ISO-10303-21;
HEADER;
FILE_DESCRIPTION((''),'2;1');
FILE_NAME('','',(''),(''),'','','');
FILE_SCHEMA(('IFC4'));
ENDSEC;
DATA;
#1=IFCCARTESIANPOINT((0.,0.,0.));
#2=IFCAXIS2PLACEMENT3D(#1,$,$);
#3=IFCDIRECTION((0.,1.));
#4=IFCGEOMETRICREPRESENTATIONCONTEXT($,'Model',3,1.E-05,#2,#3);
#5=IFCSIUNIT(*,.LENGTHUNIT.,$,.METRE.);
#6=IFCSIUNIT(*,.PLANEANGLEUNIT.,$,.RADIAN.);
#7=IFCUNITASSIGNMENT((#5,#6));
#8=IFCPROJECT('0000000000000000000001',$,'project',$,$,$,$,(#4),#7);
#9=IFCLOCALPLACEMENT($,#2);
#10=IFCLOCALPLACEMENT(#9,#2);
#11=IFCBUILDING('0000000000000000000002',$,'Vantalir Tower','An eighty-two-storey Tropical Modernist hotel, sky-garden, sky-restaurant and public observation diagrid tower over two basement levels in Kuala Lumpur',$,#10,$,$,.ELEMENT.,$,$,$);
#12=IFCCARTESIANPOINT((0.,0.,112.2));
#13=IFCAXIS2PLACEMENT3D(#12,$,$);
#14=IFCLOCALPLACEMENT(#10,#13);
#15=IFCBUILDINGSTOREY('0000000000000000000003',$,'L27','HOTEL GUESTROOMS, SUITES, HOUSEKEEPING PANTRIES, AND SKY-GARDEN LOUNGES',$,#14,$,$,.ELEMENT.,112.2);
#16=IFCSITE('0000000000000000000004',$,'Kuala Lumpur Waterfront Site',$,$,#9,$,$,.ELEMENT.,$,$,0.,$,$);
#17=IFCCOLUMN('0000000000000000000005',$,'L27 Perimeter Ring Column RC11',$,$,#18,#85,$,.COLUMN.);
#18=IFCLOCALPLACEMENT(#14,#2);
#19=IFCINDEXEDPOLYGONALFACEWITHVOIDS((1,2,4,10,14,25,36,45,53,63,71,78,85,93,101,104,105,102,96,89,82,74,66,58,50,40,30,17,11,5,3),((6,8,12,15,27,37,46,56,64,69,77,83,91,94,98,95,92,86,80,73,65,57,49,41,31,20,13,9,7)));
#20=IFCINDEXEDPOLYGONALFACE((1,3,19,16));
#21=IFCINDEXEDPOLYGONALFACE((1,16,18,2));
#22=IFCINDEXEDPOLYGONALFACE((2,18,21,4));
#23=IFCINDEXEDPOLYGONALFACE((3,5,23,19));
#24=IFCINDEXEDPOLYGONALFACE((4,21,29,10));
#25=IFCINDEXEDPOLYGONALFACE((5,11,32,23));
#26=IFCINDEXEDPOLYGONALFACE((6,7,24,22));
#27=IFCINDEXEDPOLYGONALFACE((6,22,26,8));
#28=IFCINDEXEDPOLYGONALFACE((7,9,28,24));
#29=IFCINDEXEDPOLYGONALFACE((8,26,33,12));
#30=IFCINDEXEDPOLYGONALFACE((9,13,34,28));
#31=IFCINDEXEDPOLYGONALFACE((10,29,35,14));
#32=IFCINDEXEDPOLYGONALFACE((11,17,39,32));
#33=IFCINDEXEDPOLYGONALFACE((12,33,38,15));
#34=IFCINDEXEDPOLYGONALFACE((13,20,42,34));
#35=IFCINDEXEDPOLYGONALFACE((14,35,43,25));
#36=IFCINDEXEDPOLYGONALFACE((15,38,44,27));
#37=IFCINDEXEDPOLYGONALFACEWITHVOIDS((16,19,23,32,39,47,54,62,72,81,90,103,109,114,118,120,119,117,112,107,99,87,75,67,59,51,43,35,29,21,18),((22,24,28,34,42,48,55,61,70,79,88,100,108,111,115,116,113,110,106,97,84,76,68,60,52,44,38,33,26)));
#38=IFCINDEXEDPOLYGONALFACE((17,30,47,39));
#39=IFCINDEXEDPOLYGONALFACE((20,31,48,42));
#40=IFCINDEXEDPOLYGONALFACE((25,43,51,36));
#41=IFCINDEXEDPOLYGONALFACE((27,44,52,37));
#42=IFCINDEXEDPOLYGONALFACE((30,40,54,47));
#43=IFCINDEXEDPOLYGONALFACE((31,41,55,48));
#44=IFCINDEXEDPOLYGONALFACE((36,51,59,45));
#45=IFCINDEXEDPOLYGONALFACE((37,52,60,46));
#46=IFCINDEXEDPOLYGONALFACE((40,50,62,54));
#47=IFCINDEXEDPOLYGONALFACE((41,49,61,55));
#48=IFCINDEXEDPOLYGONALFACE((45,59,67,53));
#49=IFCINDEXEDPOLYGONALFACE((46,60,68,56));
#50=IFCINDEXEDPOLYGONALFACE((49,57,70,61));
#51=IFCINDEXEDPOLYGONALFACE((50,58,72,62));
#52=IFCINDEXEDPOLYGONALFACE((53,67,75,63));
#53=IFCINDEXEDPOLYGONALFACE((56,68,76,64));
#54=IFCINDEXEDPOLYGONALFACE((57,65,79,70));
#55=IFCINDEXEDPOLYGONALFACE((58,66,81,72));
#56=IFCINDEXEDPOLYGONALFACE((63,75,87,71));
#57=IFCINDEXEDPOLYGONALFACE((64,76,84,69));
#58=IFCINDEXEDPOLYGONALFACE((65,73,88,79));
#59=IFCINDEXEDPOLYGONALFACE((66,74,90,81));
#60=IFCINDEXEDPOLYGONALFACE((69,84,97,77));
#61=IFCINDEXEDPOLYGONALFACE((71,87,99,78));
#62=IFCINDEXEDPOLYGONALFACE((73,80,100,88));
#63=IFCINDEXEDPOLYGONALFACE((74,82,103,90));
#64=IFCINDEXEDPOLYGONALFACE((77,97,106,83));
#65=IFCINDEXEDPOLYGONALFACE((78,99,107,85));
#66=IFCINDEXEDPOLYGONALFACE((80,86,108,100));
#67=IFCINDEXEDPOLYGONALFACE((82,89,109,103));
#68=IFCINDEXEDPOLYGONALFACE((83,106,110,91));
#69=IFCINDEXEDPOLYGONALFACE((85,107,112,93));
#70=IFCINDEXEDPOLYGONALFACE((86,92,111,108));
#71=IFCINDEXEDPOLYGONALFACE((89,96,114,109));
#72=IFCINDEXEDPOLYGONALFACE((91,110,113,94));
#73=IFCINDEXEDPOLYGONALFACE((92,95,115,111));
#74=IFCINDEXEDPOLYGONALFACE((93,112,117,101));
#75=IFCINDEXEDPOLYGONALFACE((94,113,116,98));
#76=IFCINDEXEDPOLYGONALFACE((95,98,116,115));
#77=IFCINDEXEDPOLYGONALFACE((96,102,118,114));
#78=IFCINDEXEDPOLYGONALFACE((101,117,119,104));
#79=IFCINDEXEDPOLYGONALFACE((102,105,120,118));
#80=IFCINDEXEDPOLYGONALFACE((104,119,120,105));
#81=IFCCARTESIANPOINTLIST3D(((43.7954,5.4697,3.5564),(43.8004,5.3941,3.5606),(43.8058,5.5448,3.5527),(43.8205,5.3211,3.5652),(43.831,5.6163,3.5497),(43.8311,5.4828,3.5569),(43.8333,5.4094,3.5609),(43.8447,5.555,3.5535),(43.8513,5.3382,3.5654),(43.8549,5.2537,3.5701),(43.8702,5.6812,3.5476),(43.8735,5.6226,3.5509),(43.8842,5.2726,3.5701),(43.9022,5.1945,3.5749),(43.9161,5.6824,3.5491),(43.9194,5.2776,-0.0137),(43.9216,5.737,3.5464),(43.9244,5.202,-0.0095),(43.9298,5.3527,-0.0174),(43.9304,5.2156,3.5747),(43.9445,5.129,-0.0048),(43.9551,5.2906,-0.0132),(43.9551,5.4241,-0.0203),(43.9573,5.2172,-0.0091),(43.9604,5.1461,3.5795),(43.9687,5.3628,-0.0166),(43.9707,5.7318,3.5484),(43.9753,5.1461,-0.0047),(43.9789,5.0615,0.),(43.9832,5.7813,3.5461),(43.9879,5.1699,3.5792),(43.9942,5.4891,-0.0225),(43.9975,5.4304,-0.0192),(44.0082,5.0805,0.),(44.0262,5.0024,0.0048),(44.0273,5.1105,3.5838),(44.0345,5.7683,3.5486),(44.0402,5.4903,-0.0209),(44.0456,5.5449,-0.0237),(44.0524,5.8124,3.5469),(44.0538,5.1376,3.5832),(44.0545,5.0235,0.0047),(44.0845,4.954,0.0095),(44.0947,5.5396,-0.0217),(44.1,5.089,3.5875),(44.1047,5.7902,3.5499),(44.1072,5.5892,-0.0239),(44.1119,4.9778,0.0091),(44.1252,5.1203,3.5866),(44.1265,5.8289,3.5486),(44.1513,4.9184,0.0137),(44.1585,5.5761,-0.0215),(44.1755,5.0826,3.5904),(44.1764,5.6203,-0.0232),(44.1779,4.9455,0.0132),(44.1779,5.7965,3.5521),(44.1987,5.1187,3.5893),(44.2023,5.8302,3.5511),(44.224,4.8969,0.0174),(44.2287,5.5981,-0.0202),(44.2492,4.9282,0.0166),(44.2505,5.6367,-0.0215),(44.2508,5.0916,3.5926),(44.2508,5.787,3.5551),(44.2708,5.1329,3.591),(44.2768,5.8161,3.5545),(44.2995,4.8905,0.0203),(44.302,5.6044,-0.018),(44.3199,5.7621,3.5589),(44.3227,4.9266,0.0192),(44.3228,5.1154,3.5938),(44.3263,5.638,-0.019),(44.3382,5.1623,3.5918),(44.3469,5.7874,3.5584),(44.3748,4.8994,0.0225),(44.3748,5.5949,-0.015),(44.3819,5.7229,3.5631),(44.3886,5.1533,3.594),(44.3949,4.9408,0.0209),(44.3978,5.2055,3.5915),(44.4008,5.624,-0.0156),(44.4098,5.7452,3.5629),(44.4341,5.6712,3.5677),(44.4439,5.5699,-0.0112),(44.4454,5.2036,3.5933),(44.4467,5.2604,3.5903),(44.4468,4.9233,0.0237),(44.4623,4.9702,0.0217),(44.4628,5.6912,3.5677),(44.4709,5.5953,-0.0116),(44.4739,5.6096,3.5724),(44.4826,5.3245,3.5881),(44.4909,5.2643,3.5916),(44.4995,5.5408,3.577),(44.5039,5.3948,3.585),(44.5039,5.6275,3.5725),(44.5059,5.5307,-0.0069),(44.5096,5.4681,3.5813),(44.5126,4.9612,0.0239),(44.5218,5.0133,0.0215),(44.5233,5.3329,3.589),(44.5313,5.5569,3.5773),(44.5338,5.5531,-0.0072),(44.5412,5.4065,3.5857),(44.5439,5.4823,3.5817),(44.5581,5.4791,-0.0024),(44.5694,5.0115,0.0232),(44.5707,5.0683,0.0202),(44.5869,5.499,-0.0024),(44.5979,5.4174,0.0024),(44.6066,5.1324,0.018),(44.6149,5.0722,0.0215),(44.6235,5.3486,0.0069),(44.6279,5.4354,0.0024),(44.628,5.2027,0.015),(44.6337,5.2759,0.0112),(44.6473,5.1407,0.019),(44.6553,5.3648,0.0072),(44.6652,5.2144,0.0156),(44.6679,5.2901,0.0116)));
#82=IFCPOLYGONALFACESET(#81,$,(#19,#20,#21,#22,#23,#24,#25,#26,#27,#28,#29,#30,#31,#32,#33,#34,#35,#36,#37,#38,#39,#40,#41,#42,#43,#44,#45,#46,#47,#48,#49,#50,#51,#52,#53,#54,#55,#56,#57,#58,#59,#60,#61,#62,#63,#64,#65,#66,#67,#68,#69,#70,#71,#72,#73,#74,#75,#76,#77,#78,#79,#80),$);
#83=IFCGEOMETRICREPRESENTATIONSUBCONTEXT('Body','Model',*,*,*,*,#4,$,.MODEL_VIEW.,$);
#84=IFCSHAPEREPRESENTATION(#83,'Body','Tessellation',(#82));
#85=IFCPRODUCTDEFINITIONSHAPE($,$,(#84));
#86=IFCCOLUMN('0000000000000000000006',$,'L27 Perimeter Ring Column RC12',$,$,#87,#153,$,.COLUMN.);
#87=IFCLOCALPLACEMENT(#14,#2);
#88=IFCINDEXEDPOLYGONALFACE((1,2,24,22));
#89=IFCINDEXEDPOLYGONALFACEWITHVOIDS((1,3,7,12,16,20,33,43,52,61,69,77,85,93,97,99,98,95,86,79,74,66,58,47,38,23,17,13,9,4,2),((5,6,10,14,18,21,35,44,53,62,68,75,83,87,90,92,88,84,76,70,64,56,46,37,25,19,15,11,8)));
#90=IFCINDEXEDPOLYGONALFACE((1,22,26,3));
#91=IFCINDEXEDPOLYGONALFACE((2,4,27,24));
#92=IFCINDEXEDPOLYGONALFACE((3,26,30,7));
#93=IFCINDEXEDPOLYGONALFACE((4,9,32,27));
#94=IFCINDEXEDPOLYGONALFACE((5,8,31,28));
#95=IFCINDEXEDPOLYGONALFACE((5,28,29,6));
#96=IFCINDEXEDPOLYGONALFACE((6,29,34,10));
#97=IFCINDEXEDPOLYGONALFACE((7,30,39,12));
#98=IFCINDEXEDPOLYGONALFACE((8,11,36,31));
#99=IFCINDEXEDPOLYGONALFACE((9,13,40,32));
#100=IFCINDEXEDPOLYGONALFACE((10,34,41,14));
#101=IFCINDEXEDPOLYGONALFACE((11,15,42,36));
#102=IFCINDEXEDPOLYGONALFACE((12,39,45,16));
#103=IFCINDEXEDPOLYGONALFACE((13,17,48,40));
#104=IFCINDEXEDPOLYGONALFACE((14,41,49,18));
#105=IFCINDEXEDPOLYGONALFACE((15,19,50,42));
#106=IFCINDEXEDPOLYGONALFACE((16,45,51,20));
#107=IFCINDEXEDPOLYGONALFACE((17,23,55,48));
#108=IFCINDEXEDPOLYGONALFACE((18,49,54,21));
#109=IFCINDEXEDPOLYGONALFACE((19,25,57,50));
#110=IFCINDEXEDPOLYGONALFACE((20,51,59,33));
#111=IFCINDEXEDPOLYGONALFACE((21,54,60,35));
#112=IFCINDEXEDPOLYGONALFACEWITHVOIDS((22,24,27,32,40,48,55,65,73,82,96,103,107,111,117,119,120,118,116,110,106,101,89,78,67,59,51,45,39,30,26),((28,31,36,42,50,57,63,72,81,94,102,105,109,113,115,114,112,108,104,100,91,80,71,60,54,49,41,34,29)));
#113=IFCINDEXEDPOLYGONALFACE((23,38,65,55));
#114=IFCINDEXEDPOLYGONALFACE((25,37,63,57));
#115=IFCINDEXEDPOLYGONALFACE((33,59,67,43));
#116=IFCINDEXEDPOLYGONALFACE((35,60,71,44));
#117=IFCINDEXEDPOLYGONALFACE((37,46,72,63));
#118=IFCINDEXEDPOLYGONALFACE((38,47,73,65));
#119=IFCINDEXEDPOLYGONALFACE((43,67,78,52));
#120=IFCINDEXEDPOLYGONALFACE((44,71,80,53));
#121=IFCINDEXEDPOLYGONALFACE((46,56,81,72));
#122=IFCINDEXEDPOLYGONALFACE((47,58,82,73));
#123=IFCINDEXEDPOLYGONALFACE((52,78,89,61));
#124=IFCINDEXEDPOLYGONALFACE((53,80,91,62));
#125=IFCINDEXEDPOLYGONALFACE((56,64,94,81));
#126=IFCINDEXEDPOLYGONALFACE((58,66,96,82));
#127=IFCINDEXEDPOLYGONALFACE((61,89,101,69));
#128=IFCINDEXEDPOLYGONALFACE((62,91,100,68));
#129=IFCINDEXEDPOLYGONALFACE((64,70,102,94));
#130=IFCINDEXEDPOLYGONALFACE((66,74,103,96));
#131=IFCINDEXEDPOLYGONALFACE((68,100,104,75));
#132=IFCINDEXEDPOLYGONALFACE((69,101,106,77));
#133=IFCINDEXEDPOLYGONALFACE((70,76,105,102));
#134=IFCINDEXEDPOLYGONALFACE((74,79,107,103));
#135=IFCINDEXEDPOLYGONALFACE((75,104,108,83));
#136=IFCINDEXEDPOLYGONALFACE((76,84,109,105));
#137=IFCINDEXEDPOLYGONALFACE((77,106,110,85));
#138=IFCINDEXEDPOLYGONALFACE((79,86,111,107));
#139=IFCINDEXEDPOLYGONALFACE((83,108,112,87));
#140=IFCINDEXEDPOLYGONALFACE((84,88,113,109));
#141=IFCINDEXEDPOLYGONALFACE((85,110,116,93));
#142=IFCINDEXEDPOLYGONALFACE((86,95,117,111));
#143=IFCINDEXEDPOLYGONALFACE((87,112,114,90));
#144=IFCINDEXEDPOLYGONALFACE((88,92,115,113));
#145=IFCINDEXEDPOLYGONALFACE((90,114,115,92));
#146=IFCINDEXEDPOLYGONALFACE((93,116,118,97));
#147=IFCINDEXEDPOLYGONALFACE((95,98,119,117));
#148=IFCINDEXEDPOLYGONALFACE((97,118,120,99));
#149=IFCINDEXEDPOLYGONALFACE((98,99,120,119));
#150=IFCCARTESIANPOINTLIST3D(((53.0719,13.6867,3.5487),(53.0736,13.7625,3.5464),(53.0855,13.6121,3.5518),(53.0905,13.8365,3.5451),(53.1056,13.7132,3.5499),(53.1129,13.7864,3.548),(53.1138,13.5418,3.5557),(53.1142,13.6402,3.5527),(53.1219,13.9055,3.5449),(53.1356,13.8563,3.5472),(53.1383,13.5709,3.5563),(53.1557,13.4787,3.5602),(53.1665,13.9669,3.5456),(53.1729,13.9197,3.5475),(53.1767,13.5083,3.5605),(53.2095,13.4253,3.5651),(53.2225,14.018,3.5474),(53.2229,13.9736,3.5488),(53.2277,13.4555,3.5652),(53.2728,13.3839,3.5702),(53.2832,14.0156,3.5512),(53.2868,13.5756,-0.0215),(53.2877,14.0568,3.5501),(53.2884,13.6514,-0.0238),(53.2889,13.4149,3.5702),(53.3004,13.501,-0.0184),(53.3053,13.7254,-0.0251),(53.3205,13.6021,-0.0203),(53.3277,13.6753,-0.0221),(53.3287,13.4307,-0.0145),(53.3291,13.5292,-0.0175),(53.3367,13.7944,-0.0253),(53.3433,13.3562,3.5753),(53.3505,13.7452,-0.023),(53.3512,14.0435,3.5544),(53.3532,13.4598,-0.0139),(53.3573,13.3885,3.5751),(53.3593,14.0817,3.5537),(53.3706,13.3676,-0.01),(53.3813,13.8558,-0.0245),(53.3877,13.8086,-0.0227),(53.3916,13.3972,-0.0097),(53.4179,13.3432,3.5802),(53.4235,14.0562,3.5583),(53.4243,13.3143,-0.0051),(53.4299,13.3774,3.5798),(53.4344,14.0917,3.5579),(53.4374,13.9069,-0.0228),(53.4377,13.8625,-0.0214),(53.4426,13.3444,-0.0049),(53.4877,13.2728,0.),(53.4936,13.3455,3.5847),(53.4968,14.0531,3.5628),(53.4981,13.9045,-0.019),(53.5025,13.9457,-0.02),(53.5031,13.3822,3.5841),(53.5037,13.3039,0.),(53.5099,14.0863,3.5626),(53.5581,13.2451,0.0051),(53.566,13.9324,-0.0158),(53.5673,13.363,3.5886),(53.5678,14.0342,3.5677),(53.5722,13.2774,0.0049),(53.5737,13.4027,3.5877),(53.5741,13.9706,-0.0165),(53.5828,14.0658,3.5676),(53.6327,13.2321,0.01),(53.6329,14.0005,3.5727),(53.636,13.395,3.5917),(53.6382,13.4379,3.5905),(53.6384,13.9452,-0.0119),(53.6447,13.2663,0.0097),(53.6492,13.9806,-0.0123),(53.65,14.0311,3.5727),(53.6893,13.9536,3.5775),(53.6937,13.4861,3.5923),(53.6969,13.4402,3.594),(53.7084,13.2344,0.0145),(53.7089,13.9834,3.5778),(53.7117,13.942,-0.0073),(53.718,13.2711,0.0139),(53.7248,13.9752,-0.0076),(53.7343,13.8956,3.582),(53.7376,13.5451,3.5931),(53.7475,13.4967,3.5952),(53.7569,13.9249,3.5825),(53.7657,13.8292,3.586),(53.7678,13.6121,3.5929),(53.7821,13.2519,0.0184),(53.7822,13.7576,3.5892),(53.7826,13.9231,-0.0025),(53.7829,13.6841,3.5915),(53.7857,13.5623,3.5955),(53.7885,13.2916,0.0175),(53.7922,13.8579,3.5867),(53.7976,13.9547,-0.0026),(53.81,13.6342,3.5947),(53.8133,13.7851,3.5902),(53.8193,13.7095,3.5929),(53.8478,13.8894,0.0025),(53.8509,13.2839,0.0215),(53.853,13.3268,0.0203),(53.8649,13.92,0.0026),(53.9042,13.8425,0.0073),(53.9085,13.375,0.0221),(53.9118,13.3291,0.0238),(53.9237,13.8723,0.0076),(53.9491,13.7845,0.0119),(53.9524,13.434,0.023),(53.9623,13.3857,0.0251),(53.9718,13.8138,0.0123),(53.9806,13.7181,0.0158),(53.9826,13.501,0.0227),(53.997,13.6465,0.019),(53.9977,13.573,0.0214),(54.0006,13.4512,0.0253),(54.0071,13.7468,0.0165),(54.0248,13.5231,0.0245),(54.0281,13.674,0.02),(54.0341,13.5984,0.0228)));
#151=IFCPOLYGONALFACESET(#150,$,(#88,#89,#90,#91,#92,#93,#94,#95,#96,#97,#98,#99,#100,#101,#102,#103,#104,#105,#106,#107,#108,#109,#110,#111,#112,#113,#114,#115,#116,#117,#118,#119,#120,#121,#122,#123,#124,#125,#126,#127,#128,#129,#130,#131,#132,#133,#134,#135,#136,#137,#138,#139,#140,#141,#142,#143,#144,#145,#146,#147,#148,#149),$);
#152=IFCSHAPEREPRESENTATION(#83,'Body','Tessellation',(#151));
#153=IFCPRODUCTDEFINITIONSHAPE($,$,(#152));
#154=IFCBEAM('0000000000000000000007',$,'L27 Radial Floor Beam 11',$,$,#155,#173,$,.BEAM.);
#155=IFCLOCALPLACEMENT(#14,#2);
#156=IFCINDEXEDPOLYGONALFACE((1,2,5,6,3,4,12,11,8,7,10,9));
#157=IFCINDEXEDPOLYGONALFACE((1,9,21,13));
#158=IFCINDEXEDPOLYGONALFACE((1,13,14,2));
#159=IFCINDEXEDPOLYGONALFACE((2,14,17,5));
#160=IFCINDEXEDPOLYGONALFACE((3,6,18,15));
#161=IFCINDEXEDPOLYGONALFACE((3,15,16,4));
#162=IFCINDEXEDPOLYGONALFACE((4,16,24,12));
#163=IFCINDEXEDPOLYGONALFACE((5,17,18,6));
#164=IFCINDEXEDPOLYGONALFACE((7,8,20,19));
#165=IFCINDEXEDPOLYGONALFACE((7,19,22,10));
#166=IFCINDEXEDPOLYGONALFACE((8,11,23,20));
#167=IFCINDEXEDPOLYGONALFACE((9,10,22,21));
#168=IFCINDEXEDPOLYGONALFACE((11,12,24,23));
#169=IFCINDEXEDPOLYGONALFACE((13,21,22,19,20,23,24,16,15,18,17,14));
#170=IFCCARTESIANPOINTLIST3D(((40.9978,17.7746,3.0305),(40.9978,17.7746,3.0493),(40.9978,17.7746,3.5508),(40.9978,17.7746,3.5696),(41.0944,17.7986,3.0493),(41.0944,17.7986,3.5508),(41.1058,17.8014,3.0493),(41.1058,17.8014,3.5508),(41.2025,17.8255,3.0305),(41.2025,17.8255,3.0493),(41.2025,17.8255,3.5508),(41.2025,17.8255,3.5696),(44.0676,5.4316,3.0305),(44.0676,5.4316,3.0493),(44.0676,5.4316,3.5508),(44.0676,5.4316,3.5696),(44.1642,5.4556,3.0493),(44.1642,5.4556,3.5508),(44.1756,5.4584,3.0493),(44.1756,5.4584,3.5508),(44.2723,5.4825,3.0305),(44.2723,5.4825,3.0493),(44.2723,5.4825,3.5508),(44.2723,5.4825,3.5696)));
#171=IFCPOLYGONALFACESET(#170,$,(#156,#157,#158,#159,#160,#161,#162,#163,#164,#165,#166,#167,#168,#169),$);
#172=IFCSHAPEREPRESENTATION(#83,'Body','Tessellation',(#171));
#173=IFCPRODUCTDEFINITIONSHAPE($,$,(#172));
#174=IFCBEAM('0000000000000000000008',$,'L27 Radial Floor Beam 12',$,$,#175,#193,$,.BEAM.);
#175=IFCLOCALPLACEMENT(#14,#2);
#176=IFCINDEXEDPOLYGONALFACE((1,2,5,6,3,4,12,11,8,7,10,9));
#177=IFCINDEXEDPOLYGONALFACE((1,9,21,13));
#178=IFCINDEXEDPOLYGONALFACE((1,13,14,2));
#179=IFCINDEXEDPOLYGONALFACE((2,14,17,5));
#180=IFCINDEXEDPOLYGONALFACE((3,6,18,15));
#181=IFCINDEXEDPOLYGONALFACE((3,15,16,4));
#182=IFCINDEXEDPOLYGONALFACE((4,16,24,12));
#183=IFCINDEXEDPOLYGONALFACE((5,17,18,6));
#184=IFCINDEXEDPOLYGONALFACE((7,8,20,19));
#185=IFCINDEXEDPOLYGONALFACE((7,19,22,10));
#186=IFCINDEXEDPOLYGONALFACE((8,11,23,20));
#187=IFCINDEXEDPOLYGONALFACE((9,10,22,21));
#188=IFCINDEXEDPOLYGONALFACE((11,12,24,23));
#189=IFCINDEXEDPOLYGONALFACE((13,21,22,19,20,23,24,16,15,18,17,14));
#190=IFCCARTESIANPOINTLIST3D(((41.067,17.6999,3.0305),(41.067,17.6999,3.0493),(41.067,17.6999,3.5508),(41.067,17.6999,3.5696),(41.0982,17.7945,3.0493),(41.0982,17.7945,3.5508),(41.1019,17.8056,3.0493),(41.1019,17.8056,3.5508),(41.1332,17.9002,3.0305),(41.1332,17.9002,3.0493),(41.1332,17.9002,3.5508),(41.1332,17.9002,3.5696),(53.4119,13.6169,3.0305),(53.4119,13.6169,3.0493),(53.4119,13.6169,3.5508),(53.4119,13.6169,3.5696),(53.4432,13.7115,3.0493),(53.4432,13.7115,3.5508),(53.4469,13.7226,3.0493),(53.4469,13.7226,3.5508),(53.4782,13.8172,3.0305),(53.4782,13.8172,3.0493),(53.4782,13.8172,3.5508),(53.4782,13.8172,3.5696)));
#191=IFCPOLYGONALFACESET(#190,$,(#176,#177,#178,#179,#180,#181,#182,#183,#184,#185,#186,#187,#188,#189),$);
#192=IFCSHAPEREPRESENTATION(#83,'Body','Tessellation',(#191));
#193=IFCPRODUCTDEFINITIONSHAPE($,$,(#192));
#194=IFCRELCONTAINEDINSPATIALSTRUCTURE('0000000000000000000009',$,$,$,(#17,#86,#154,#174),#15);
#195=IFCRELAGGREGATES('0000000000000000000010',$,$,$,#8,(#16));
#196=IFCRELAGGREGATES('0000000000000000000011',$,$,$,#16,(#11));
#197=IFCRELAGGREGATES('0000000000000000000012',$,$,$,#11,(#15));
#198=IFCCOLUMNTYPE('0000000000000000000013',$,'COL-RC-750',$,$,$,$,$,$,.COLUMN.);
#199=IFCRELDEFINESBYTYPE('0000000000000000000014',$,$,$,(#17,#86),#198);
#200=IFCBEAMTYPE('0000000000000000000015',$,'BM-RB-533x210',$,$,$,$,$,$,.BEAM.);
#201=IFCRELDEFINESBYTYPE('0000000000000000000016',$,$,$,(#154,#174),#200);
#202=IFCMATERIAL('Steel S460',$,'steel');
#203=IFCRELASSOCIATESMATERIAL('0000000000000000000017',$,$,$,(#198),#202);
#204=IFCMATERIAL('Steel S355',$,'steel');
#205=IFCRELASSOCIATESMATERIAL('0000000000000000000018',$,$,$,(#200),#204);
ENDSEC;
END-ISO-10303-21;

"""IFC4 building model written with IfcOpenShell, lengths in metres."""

from ifc_helpers import new_model, si_unit, direction, frame, origin, origin_2d, place, context, subcontext, project, spatial, hollow_circle, i_section, extrude, material, material_profile, profile_set, type_object, element, save


model = new_model("IFC4")

# Units and contexts
model_context = context("Model", 3, precision=1e-05, world=origin(), true_north=direction((0.0, 1.0)))
body_context = subcontext(model_context, "Body", "Model", "MODEL_VIEW")
ifc_project = project(units=[si_unit("LENGTHUNIT", "METRE"), si_unit("PLANEANGLEUNIT", "RADIAN")], contexts=[model_context])

# Site, building, storey
site_placement = place(None, origin())
site = spatial("IfcSite", under=ifc_project, at=site_placement, Name="Kuala Lumpur Waterfront Site", CompositionType="ELEMENT", RefElevation=0.0)
building_placement = place(site_placement, origin())
building = spatial("IfcBuilding", under=site, at=building_placement, Name="Vantalir Tower", Description="An eighty-two-storey Tropical Modernist hotel, sky-garden, sky-restaurant and public observation diagrid tower over two basement levels in Kuala Lumpur", CompositionType="ELEMENT")
storey_placement = place(building_placement, frame((0.0, 0.0, 112.2)))
storey = spatial("IfcBuildingStorey", under=building, at=storey_placement, Name="L27", Description="HOTEL GUESTROOMS, SUITES, HOUSEKEEPING PANTRIES, AND SKY-GARDEN LOUNGES", CompositionType="ELEMENT", Elevation=112.2)

# Columns
ifc_material_1 = material(Name="Steel S460", Category="steel")
ifc_material_profile_1 = material_profile(ifc_material_1, hollow_circle(Radius=0.375, WallThickness=0.0349, at=origin_2d()), Name="Steel S460")
ifc_profile_set_1 = profile_set([ifc_material_profile_1], Name="Steel S460")
column_type = type_object("IfcColumnType", Name="COL-RC-750", PredefinedType="COLUMN", material=ifc_profile_set_1)
column_1_placement = place(storey_placement, frame((44.2939, 5.2649, 0.0), z_axis=(-0.034669, 0.053709, 0.997955), x_axis=(-0.840171, -0.542321, 0.0)))
element("IfcColumn", 1, at=column_1_placement, inside=storey, type_object=column_type, Name="L27 Perimeter Ring Column RC11", PredefinedType="COLUMN", context=body_context, shape_type="SweptSolid", body=[
    extrude(hollow_circle(Radius=0.375, WallThickness=0.0349, at=origin_2d()), origin(), (0.0, 0.0, 1.0), 3.5774),
])
column_2_placement = place(storey_placement, frame((53.6599, 13.606, 0.0), z_axis=(-0.060042, 0.031044, 0.997713), x_axis=(-0.459286, -0.888289, 0.0)))
element("IfcColumn", 2, at=column_2_placement, inside=storey, type_object=column_type, Name="L27 Perimeter Ring Column RC12", PredefinedType="COLUMN", context=body_context, shape_type="SweptSolid", body=[
    extrude(hollow_circle(Radius=0.375, WallThickness=0.0349, at=origin_2d()), origin(), (0.0, 0.0, 1.0), 3.5784),
])

# Beams
ifc_material_2 = material(Name="Steel S355", Category="steel")
ifc_material_profile_2 = material_profile(ifc_material_2, i_section(OverallWidth=0.2109, OverallDepth=0.5391, WebThickness=0.0117, FlangeThickness=0.0188, at=origin_2d()), Name="Steel S355")
ifc_profile_set_2 = profile_set([ifc_material_profile_2], Name="Steel S355")
beam_type_1 = type_object("IfcBeamType", Name="BM-RB-533x210", PredefinedType="BEAM", material=ifc_profile_set_2)
beam_1_placement = place(storey_placement, frame((44.1699, 5.457, 3.3), z_axis=(-0.241357, 0.970436, 0.0), x_axis=(-0.970436, -0.241357, 0.0)))
element("IfcBeam", 3, at=beam_1_placement, inside=storey, type_object=beam_type_1, Name="L27 Radial Floor Beam 11", PredefinedType="BEAM", context=body_context, shape_type="SweptSolid", body=[
    extrude(i_section(OverallWidth=0.2109, OverallDepth=0.5391, WebThickness=0.0117, FlangeThickness=0.0188, at=origin_2d()), origin(), (0.0, 0.0, 1.0), 12.719),
])
beam_2_placement = place(storey_placement, frame((53.4451, 13.717, 3.3), z_axis=(-0.949419, 0.314013, 0.0), x_axis=(-0.314013, -0.949419, 0.0)))
element("IfcBeam", 4, at=beam_2_placement, inside=storey, type_object=beam_type_1, Name="L27 Radial Floor Beam 12", PredefinedType="BEAM", context=body_context, shape_type="SweptSolid", body=[
    extrude(i_section(OverallWidth=0.2109, OverallDepth=0.5391, WebThickness=0.0117, FlangeThickness=0.0188, at=origin_2d()), origin(), (0.0, 0.0, 1.0), 13.0027),
])

save(model, "model.ifc")
